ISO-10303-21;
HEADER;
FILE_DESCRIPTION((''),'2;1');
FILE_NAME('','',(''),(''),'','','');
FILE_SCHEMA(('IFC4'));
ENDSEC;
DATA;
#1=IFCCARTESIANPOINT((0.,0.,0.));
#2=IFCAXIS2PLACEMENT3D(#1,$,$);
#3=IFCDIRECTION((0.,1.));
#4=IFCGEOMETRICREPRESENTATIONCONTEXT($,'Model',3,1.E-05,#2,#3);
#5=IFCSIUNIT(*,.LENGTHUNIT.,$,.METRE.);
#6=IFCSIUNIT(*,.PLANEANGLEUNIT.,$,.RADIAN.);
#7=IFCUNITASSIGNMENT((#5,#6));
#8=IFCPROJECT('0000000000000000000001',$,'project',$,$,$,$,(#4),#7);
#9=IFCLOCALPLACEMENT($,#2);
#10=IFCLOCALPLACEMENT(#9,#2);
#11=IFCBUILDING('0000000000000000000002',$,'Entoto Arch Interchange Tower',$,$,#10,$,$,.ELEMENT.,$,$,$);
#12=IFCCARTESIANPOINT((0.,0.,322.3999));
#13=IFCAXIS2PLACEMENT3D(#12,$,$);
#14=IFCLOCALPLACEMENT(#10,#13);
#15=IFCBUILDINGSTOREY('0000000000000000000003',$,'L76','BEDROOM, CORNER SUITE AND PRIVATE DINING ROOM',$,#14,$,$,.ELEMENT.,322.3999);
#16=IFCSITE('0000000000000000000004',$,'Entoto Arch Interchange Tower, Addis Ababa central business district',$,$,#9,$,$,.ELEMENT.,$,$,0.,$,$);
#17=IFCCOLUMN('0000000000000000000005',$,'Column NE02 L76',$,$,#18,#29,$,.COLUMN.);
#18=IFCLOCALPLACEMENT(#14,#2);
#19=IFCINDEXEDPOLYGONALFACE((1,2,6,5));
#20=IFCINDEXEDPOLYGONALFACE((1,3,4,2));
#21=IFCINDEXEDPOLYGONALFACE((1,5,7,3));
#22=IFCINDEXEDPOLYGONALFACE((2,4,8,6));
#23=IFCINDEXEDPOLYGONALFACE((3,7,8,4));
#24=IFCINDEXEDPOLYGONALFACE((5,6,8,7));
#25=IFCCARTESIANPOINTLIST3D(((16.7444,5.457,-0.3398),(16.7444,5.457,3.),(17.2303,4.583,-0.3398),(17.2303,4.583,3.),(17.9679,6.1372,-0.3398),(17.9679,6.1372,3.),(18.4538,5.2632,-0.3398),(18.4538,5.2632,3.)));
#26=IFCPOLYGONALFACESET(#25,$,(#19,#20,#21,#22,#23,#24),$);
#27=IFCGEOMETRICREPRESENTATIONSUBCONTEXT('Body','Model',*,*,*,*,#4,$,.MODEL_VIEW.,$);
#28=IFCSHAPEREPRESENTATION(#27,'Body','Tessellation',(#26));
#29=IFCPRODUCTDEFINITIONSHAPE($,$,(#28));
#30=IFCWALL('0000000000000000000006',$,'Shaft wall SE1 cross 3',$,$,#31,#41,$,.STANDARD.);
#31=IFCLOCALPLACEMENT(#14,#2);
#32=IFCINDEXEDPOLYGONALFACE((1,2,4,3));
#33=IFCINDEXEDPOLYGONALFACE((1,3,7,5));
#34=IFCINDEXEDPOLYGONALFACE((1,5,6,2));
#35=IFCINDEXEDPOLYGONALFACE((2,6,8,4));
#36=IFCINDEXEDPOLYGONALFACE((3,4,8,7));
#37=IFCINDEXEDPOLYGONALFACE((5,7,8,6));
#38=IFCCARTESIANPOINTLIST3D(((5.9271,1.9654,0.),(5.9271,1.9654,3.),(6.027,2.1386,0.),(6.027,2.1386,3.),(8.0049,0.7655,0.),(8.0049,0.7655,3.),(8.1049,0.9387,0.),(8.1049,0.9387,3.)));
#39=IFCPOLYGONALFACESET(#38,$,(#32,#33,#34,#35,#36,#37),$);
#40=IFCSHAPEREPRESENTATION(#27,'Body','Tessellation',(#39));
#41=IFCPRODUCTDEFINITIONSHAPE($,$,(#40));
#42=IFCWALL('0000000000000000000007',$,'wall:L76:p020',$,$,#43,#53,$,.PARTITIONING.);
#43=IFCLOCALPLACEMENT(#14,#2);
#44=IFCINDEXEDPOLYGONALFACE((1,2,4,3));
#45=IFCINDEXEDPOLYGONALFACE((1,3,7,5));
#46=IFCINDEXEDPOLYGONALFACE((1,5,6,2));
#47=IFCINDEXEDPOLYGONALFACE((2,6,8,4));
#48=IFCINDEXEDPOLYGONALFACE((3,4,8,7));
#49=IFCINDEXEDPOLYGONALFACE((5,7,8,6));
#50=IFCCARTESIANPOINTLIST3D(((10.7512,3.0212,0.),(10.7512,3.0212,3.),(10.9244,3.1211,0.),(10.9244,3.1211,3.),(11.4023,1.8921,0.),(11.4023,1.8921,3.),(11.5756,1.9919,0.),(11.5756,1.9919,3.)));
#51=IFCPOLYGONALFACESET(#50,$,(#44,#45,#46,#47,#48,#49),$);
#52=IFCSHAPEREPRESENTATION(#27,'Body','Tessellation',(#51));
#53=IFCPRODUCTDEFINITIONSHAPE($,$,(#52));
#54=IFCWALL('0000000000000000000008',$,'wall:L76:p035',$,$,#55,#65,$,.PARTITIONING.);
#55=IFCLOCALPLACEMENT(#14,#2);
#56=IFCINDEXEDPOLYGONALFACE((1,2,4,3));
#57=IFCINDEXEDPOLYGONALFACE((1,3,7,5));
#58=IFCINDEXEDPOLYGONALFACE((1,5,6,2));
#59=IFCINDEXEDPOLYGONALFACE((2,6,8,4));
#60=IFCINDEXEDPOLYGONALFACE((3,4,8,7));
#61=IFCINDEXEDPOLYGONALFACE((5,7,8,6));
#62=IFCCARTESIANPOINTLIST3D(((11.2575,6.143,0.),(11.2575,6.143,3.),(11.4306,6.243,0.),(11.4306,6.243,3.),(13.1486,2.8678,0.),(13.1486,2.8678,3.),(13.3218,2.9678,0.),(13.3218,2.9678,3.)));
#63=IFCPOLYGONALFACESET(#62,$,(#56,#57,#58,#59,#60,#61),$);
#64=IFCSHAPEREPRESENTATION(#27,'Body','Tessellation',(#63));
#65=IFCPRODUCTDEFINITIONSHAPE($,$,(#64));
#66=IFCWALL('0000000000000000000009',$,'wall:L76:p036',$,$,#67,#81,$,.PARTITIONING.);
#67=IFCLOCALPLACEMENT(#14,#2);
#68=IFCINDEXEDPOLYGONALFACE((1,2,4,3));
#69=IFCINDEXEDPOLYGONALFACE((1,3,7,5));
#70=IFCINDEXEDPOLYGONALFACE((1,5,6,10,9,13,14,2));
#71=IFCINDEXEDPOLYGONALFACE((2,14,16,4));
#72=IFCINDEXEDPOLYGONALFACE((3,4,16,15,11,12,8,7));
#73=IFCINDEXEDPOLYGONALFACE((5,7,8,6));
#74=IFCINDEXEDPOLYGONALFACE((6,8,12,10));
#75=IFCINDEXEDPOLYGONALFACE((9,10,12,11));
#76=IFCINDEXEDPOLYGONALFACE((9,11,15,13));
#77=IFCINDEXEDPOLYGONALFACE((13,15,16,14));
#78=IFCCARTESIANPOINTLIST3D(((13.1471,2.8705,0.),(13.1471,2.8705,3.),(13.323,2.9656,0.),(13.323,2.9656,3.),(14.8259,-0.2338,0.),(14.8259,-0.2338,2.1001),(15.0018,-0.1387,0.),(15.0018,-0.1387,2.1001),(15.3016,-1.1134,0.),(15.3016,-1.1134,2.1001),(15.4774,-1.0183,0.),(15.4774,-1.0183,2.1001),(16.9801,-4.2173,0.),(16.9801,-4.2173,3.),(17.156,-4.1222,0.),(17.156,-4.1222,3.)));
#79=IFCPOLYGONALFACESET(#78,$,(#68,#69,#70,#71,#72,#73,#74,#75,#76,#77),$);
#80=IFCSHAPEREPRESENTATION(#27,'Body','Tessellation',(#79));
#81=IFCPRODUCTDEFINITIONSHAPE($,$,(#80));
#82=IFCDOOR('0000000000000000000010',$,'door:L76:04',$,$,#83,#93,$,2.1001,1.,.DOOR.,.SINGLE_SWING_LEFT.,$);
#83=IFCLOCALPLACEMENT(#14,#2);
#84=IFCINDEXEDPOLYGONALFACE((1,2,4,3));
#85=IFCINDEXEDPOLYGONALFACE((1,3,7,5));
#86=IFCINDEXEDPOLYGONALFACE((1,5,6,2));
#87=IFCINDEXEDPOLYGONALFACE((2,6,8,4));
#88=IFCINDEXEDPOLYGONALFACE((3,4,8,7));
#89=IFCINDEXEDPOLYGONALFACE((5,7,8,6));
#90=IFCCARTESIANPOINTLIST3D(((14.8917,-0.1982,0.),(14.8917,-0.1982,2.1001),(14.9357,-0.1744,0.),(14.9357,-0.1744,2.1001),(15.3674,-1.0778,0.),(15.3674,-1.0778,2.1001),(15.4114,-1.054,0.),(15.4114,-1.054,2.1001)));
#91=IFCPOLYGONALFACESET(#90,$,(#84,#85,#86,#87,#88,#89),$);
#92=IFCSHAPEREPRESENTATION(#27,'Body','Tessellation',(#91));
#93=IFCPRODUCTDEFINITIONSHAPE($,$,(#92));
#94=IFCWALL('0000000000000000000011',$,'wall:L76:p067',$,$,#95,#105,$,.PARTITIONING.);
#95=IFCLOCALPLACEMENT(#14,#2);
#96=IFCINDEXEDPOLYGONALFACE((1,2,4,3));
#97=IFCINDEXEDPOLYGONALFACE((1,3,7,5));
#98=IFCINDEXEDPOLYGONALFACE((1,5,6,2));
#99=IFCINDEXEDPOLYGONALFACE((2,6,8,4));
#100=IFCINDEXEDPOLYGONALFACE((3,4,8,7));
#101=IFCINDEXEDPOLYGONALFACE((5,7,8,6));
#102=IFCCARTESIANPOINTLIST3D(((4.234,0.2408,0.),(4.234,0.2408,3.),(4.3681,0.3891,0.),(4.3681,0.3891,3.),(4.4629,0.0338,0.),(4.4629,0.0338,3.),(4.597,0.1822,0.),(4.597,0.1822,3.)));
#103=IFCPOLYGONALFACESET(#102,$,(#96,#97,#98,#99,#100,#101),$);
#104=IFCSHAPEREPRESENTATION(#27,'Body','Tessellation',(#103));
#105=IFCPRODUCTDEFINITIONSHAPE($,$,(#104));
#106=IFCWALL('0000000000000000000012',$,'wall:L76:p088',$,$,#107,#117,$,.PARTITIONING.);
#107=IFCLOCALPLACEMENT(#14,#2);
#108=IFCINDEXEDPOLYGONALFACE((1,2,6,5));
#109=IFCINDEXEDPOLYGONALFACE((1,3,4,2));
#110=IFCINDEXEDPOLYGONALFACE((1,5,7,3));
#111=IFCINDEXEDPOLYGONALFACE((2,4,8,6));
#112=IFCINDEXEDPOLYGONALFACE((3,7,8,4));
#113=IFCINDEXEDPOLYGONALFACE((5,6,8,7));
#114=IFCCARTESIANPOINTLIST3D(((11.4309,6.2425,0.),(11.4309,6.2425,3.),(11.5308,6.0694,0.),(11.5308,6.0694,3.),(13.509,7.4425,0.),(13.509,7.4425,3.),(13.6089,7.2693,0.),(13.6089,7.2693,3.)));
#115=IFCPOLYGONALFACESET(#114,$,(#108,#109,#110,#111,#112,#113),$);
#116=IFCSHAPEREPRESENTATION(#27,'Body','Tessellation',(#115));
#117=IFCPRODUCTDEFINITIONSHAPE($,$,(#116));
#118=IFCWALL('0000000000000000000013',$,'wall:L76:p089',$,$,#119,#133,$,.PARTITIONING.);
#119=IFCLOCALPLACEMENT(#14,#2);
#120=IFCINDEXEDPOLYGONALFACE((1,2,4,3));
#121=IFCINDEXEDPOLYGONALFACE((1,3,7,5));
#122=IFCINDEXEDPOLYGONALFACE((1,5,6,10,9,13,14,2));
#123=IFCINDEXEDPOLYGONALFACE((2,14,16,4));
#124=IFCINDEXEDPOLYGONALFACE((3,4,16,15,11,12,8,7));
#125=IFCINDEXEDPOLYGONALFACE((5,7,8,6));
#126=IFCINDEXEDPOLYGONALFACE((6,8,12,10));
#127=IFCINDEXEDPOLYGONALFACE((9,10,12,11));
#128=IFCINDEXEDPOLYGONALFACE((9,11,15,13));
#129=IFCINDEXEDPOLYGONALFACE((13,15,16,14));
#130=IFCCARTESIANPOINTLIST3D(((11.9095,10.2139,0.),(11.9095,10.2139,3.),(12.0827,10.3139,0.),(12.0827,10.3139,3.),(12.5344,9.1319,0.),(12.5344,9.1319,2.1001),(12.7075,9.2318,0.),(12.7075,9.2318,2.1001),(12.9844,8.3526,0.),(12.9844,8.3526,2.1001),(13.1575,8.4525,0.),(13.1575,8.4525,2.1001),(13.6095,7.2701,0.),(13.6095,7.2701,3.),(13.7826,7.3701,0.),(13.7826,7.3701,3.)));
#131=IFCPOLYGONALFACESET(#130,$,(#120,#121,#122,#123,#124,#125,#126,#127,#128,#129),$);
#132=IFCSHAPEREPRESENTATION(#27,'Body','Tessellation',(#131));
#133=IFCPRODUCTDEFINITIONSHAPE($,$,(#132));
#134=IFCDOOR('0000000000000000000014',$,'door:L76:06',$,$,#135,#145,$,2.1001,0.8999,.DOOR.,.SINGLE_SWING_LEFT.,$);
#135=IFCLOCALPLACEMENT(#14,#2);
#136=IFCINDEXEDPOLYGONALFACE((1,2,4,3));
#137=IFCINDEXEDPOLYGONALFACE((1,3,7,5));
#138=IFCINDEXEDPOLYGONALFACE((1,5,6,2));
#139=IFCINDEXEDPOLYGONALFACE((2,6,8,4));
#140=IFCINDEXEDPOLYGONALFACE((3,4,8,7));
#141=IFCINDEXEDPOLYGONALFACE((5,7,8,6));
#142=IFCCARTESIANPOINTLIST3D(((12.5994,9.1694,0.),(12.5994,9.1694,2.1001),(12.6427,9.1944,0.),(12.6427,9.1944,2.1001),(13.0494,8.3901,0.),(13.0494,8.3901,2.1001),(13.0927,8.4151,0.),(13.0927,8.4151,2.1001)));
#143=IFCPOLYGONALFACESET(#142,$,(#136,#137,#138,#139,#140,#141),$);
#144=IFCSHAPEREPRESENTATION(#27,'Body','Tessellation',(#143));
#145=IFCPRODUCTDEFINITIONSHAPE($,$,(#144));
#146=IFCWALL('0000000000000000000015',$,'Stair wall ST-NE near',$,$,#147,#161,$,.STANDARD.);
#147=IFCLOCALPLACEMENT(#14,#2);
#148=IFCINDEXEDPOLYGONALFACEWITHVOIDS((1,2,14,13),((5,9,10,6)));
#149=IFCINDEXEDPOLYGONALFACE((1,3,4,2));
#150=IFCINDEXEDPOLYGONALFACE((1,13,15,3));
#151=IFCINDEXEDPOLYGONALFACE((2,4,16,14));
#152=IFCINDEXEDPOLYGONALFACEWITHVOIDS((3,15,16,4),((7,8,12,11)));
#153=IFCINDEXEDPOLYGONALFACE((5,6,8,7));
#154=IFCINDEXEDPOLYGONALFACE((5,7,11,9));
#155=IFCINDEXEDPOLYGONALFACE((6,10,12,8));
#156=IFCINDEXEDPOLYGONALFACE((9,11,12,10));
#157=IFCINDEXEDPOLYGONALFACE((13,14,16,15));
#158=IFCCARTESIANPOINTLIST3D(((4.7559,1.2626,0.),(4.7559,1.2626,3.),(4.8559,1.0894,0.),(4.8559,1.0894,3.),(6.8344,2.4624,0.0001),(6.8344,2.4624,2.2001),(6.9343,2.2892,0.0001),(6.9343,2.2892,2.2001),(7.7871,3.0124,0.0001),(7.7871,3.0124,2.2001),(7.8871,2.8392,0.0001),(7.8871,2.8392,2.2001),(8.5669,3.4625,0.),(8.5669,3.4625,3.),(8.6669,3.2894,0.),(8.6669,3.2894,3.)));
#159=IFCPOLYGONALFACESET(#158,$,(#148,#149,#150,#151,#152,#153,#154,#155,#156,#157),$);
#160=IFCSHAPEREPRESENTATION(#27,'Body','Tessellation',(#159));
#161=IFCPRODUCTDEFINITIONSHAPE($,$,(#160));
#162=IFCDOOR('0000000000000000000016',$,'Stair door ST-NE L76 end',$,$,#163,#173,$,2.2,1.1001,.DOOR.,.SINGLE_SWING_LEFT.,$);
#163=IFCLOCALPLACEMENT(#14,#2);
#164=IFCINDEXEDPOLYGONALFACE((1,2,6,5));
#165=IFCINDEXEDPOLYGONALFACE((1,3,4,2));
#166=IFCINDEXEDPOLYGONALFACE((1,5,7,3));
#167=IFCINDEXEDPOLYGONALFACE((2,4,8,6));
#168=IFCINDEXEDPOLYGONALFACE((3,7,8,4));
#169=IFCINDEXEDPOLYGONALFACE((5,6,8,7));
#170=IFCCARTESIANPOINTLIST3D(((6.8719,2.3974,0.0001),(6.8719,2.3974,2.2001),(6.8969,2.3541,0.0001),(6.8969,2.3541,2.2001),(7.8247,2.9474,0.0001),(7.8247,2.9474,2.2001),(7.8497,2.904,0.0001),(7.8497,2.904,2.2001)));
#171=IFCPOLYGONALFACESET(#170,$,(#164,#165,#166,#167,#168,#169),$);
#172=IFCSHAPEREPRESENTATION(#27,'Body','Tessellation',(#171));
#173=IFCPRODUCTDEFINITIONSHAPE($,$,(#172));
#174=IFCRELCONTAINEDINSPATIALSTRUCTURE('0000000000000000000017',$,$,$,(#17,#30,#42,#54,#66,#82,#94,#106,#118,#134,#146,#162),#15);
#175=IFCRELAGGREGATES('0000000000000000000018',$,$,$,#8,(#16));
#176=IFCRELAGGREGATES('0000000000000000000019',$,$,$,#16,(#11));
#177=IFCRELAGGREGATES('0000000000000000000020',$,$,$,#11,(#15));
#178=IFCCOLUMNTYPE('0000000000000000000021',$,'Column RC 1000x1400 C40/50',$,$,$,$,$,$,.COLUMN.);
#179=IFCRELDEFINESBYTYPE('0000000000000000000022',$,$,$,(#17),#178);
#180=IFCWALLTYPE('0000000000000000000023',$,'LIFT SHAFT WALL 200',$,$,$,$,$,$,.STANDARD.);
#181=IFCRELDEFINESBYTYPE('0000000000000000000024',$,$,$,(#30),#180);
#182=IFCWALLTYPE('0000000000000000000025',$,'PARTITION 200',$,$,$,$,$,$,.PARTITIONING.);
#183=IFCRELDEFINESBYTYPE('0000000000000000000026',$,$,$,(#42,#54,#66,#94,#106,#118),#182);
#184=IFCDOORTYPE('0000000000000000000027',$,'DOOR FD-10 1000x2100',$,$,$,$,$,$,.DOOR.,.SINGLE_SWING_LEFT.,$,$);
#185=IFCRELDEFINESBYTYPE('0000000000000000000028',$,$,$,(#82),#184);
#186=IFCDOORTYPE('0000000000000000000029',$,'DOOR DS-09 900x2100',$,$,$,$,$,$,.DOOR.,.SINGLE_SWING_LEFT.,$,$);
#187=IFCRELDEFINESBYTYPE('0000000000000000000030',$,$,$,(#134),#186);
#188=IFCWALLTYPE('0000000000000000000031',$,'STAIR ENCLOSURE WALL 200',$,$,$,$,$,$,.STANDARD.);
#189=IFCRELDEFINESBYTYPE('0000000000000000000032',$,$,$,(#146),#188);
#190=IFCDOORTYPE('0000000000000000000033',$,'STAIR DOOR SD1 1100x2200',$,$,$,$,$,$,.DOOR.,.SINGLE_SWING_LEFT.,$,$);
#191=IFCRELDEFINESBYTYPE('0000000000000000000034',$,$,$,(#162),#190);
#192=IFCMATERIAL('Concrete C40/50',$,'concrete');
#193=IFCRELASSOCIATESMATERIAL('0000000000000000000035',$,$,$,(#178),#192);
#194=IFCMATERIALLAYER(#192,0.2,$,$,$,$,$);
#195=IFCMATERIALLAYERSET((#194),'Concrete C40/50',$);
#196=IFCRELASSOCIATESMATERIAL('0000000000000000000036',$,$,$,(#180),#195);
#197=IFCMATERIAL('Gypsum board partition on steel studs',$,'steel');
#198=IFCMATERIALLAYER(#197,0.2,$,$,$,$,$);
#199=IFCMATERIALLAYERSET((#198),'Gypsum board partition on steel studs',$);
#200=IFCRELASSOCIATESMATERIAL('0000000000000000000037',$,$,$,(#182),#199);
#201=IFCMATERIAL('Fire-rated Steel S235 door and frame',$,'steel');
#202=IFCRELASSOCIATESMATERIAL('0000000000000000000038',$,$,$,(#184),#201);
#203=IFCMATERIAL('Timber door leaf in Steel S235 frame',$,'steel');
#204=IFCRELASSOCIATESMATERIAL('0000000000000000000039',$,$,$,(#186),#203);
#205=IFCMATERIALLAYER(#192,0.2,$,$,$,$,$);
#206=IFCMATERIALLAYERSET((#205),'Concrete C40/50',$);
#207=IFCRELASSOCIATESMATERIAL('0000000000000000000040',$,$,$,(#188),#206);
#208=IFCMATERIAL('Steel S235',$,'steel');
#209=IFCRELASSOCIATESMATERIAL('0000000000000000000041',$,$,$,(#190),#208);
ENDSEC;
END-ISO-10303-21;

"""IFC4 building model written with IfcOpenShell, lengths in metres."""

from ifc_helpers import new_model, si_unit, direction, frame, frame_2d, origin, origin_2d, place, context, subcontext, project, spatial, rectangle, extrude, material, layer, layer_set, material_profile, profile_set, type_object, element, fill, save


model = new_model("IFC4")

# Units and contexts
model_context = context("Model", 3, precision=1e-05, world=origin(), true_north=direction((0.0, 1.0)))
body_context = subcontext(model_context, "Body", "Model", "MODEL_VIEW")
ifc_project = project(units=[si_unit("LENGTHUNIT", "METRE"), si_unit("PLANEANGLEUNIT", "RADIAN")], contexts=[model_context])

# Site, building, storey
site_placement = place(None, origin())
site = spatial("IfcSite", under=ifc_project, at=site_placement, Name="Entoto Arch Interchange Tower, Addis Ababa central business district", CompositionType="ELEMENT", RefElevation=0.0)
building_placement = place(site_placement, origin())
building = spatial("IfcBuilding", under=site, at=building_placement, Name="Entoto Arch Interchange Tower", CompositionType="ELEMENT")
storey_placement = place(building_placement, frame((0.0, 0.0, 322.3999)))
storey = spatial("IfcBuildingStorey", under=building, at=storey_placement, Name="L76", Description="BEDROOM, CORNER SUITE AND PRIVATE DINING ROOM", CompositionType="ELEMENT", Elevation=322.3999)

# Column
ifc_material_1 = material(Name="Concrete C40/50", Category="concrete")
ifc_material_profile = material_profile(ifc_material_1, rectangle(XDim=1.0, YDim=1.3999, at=origin_2d()))
ifc_profile_set = profile_set([ifc_material_profile], Name="Concrete C40/50")
column_type = type_object("IfcColumnType", Name="Column RC 1000x1400 C40/50", PredefinedType="COLUMN", material=ifc_profile_set)
column_placement = place(storey_placement, frame((17.5991, 5.3601, -0.3398), z_axis=(0.0, 0.0, 1.0), x_axis=(-0.485924, 0.874001, 0.0)))
element("IfcColumn", 1, at=column_placement, inside=storey, type_object=column_type, Name="Column NE02 L76", PredefinedType="COLUMN", context=body_context, shape_type="SweptSolid", body=[
    extrude(rectangle(XDim=1.0, YDim=1.3999, at=origin_2d()), origin(), (0.0, 0.0, 1.0), 3.3398),
])

# Walls
ifc_layer_1 = layer(ifc_material_1, 0.2)
ifc_layer_set_1 = layer_set([ifc_layer_1], Name="Concrete C40/50")
wall_type_1 = type_object("IfcWallType", Name="LIFT SHAFT WALL 200", PredefinedType="STANDARD", material=ifc_layer_set_1)
wall_1_placement = place(storey_placement, frame((5.9771, 2.052, 0.0), z_axis=(0.0, 0.0, 1.0), x_axis=(0.865974, -0.500089, 0.0)))
element("IfcWall", 2, at=wall_1_placement, inside=storey, type_object=wall_type_1, Name="Shaft wall SE1 cross 3", PredefinedType="STANDARD", context=body_context, shape_type="SweptSolid", body=[
    extrude(rectangle(XDim=2.3994, YDim=0.2, at=frame_2d((1.1997, 0.0))), origin(), (0.0, 0.0, 1.0), 3.0),
])
ifc_material_2 = material(Name="Gypsum board partition on steel studs", Category="steel")
ifc_layer_2 = layer(ifc_material_2, 0.2)
ifc_layer_set_2 = layer_set([ifc_layer_2], Name="Gypsum board partition on steel studs")
wall_type_2 = type_object("IfcWallType", Name="PARTITION 200", PredefinedType="PARTITIONING", material=ifc_layer_set_2)
wall_2_placement = place(storey_placement, frame((11.489, 1.9419, 0.0), z_axis=(0.0, 0.0, 1.0), x_axis=(-0.499544, 0.866288, 0.0)))
element("IfcWall", 3, at=wall_2_placement, inside=storey, type_object=wall_type_2, Name="wall:L76:p020", PredefinedType="PARTITIONING", context=body_context, shape_type="SweptSolid", body=[
    extrude(rectangle(XDim=1.3035, YDim=0.2, at=frame_2d((0.6519, 0.0))), origin(), (0.0, 0.0, 1.0), 3.0),
])
wall_3_placement = place(storey_placement, frame((11.344, 6.1931, 0.0), z_axis=(0.0, 0.0, 1.0), x_axis=(0.500041, -0.866002, 0.0)))
element("IfcWall", 4, at=wall_3_placement, inside=storey, type_object=wall_type_2, Name="wall:L76:p035", PredefinedType="PARTITIONING", context=body_context, shape_type="SweptSolid", body=[
    extrude(rectangle(XDim=3.782, YDim=0.2, at=frame_2d((1.8911, 0.0))), origin(), (0.0, 0.0, 1.0), 3.0),
])

# Wall, opening, door
wall_4_placement = place(storey_placement, frame((13.2351, 2.918, 0.0), z_axis=(0.0, 0.0, 1.0), x_axis=(0.475682, -0.879617, 0.0)))
wall_4 = element("IfcWall", 5, at=wall_4_placement, inside=storey, type_object=wall_type_2, Name="wall:L76:p036", PredefinedType="PARTITIONING", context=body_context, shape_type="SweptSolid", body=[
    extrude(rectangle(XDim=8.0579, YDim=0.2, at=frame_2d((4.0288, 0.0))), origin(), (0.0, 0.0, 1.0), 3.0),
])
opening_1_placement = place(wall_4_placement, frame((3.5291, 0.0, 0.0)))
opening_1 = element("IfcOpeningElement", 6, at=opening_1_placement, cuts=wall_4, PredefinedType="OPENING", context=body_context, shape_type="SweptSolid", body=[
    extrude(rectangle(XDim=1.0, YDim=2.1001, at=frame_2d((0.5, 1.05))), frame((0.0, 0.1099, 0.0), z_axis=(0.0, -1.0, 0.0), x_axis=(1.0, 0.0, 0.0)), (0.0, 0.0, 1.0), 0.22),
])
ifc_material_3 = material(Name="Fire-rated Steel S235 door and frame", Category="steel")
door_type_1 = type_object("IfcDoorType", Name="DOOR FD-10 1000x2100", OperationType="SINGLE_SWING_LEFT", PredefinedType="DOOR", material=ifc_material_3)
door_1_placement = place(opening_1_placement, origin())
door_1 = element("IfcDoor", 7, at=door_1_placement, inside=storey, type_object=door_type_1, Name="door:L76:04", OperationType="SINGLE_SWING_LEFT", OverallHeight=2.1001, OverallWidth=1.0, PredefinedType="DOOR", context=body_context, shape_type="SweptSolid", body=[
    extrude(rectangle(XDim=1.0, YDim=2.1001, at=frame_2d((0.5, 1.05))), frame((0.0, 0.0249, 0.0), z_axis=(0.0, -1.0, 0.0), x_axis=(1.0, 0.0, 0.0)), (0.0, 0.0, 1.0), 0.05),
])
fill(opening_1, door_1)

# Walls
wall_5_placement = place(storey_placement, frame((4.301, 0.3149, 0.0), z_axis=(0.0, 0.0, 1.0), x_axis=(0.741798, -0.670623, 0.0)))
element("IfcWall", 8, at=wall_5_placement, inside=storey, type_object=wall_type_2, Name="wall:L76:p067", PredefinedType="PARTITIONING", context=body_context, shape_type="SweptSolid", body=[
    extrude(rectangle(XDim=0.3086, YDim=0.2, at=frame_2d((0.1543, 0.0))), origin(), (0.0, 0.0, 1.0), 3.0),
])
wall_6_placement = place(storey_placement, frame((11.481, 6.156, 0.0), z_axis=(0.0, 0.0, 1.0), x_axis=(0.865999, 0.500045, 0.0)))
element("IfcWall", 9, at=wall_6_placement, inside=storey, type_object=wall_type_2, Name="wall:L76:p088", PredefinedType="PARTITIONING", context=body_context, shape_type="SweptSolid", body=[
    extrude(rectangle(XDim=2.3997, YDim=0.2, at=frame_2d((1.1997, 0.0))), origin(), (0.0, 0.0, 1.0), 3.0),
])

# Walls, openings, doors
wall_7_placement = place(storey_placement, frame((13.696, 7.3201, 0.0), z_axis=(0.0, 0.0, 1.0), x_axis=(-0.500071, 0.865985, 0.0)))
wall_7 = element("IfcWall", 10, at=wall_7_placement, inside=storey, type_object=wall_type_2, Name="wall:L76:p089", PredefinedType="PARTITIONING", context=body_context, shape_type="SweptSolid", body=[
    extrude(rectangle(XDim=3.3994, YDim=0.2, at=frame_2d((1.6997, 0.0))), origin(), (0.0, 0.0, 1.0), 3.0),
])
opening_2_placement = place(wall_7_placement, frame((1.25, 0.0, 0.0)))
opening_2 = element("IfcOpeningElement", 11, at=opening_2_placement, cuts=wall_7, PredefinedType="OPENING", context=body_context, shape_type="SweptSolid", body=[
    extrude(rectangle(XDim=0.8999, YDim=2.1001, at=frame_2d((0.45, 1.05))), frame((0.0, 0.1099, 0.0), z_axis=(0.0, -1.0, 0.0), x_axis=(1.0, 0.0, 0.0)), (0.0, 0.0, 1.0), 0.22),
])
ifc_material_4 = material(Name="Timber door leaf in Steel S235 frame", Category="steel")
door_type_2 = type_object("IfcDoorType", Name="DOOR DS-09 900x2100", OperationType="SINGLE_SWING_LEFT", PredefinedType="DOOR", material=ifc_material_4)
door_2_placement = place(opening_2_placement, origin())
door_2 = element("IfcDoor", 12, at=door_2_placement, inside=storey, type_object=door_type_2, Name="door:L76:06", OperationType="SINGLE_SWING_LEFT", OverallHeight=2.1001, OverallWidth=0.8999, PredefinedType="DOOR", context=body_context, shape_type="SweptSolid", body=[
    extrude(rectangle(XDim=0.8999, YDim=2.1001, at=frame_2d((0.45, 1.05))), frame((0.0, 0.0249, 0.0), z_axis=(0.0, -1.0, 0.0), x_axis=(1.0, 0.0, 0.0)), (0.0, 0.0, 1.0), 0.05),
])
fill(opening_2, door_2)
ifc_layer_3 = layer(ifc_material_1, 0.2)
ifc_layer_set_3 = layer_set([ifc_layer_3], Name="Concrete C40/50")
wall_type_3 = type_object("IfcWallType", Name="STAIR ENCLOSURE WALL 200", PredefinedType="STANDARD", material=ifc_layer_set_3)
wall_8_placement = place(storey_placement, frame((4.8059, 1.176, 0.0), z_axis=(0.0, 0.0, 1.0), x_axis=(0.86606, 0.49994, 0.0)))
wall_8 = element("IfcWall", 13, at=wall_8_placement, inside=storey, type_object=wall_type_3, Name="Stair wall ST-NE near", PredefinedType="STANDARD", context=body_context, shape_type="SweptSolid", body=[
    extrude(rectangle(XDim=4.4004, YDim=0.2, at=frame_2d((2.2002, 0.0))), origin(), (0.0, 0.0, 1.0), 3.0),
])
opening_3_placement = place(wall_8_placement, frame((2.3999, 0.0, 0.0)))
opening_3 = element("IfcOpeningElement", 14, at=opening_3_placement, cuts=wall_8, PredefinedType="OPENING", context=body_context, shape_type="SweptSolid", body=[
    extrude(rectangle(XDim=1.1001, YDim=2.2, at=frame_2d((0.55, 1.1001))), frame((0.0, 0.1099, 0.0), z_axis=(0.0, -1.0, 0.0), x_axis=(1.0, 0.0, 0.0)), (0.0, 0.0, 1.0), 0.22),
])
ifc_material_5 = material(Name="Steel S235", Category="steel")
door_type_3 = type_object("IfcDoorType", Name="STAIR DOOR SD1 1100x2200", OperationType="SINGLE_SWING_LEFT", PredefinedType="DOOR", material=ifc_material_5)
door_3_placement = place(opening_3_placement, origin())
door_3 = element("IfcDoor", 15, at=door_3_placement, inside=storey, type_object=door_type_3, Name="Stair door ST-NE L76 end", OperationType="SINGLE_SWING_LEFT", OverallHeight=2.2, OverallWidth=1.1001, PredefinedType="DOOR", context=body_context, shape_type="SweptSolid", body=[
    extrude(rectangle(XDim=1.1001, YDim=2.2, at=frame_2d((0.55, 1.1001))), frame((0.0, 0.0249, 0.0), z_axis=(0.0, -1.0, 0.0), x_axis=(1.0, 0.0, 0.0)), (0.0, 0.0, 1.0), 0.05),
])
fill(opening_3, door_3)

save(model, "model.ifc")
